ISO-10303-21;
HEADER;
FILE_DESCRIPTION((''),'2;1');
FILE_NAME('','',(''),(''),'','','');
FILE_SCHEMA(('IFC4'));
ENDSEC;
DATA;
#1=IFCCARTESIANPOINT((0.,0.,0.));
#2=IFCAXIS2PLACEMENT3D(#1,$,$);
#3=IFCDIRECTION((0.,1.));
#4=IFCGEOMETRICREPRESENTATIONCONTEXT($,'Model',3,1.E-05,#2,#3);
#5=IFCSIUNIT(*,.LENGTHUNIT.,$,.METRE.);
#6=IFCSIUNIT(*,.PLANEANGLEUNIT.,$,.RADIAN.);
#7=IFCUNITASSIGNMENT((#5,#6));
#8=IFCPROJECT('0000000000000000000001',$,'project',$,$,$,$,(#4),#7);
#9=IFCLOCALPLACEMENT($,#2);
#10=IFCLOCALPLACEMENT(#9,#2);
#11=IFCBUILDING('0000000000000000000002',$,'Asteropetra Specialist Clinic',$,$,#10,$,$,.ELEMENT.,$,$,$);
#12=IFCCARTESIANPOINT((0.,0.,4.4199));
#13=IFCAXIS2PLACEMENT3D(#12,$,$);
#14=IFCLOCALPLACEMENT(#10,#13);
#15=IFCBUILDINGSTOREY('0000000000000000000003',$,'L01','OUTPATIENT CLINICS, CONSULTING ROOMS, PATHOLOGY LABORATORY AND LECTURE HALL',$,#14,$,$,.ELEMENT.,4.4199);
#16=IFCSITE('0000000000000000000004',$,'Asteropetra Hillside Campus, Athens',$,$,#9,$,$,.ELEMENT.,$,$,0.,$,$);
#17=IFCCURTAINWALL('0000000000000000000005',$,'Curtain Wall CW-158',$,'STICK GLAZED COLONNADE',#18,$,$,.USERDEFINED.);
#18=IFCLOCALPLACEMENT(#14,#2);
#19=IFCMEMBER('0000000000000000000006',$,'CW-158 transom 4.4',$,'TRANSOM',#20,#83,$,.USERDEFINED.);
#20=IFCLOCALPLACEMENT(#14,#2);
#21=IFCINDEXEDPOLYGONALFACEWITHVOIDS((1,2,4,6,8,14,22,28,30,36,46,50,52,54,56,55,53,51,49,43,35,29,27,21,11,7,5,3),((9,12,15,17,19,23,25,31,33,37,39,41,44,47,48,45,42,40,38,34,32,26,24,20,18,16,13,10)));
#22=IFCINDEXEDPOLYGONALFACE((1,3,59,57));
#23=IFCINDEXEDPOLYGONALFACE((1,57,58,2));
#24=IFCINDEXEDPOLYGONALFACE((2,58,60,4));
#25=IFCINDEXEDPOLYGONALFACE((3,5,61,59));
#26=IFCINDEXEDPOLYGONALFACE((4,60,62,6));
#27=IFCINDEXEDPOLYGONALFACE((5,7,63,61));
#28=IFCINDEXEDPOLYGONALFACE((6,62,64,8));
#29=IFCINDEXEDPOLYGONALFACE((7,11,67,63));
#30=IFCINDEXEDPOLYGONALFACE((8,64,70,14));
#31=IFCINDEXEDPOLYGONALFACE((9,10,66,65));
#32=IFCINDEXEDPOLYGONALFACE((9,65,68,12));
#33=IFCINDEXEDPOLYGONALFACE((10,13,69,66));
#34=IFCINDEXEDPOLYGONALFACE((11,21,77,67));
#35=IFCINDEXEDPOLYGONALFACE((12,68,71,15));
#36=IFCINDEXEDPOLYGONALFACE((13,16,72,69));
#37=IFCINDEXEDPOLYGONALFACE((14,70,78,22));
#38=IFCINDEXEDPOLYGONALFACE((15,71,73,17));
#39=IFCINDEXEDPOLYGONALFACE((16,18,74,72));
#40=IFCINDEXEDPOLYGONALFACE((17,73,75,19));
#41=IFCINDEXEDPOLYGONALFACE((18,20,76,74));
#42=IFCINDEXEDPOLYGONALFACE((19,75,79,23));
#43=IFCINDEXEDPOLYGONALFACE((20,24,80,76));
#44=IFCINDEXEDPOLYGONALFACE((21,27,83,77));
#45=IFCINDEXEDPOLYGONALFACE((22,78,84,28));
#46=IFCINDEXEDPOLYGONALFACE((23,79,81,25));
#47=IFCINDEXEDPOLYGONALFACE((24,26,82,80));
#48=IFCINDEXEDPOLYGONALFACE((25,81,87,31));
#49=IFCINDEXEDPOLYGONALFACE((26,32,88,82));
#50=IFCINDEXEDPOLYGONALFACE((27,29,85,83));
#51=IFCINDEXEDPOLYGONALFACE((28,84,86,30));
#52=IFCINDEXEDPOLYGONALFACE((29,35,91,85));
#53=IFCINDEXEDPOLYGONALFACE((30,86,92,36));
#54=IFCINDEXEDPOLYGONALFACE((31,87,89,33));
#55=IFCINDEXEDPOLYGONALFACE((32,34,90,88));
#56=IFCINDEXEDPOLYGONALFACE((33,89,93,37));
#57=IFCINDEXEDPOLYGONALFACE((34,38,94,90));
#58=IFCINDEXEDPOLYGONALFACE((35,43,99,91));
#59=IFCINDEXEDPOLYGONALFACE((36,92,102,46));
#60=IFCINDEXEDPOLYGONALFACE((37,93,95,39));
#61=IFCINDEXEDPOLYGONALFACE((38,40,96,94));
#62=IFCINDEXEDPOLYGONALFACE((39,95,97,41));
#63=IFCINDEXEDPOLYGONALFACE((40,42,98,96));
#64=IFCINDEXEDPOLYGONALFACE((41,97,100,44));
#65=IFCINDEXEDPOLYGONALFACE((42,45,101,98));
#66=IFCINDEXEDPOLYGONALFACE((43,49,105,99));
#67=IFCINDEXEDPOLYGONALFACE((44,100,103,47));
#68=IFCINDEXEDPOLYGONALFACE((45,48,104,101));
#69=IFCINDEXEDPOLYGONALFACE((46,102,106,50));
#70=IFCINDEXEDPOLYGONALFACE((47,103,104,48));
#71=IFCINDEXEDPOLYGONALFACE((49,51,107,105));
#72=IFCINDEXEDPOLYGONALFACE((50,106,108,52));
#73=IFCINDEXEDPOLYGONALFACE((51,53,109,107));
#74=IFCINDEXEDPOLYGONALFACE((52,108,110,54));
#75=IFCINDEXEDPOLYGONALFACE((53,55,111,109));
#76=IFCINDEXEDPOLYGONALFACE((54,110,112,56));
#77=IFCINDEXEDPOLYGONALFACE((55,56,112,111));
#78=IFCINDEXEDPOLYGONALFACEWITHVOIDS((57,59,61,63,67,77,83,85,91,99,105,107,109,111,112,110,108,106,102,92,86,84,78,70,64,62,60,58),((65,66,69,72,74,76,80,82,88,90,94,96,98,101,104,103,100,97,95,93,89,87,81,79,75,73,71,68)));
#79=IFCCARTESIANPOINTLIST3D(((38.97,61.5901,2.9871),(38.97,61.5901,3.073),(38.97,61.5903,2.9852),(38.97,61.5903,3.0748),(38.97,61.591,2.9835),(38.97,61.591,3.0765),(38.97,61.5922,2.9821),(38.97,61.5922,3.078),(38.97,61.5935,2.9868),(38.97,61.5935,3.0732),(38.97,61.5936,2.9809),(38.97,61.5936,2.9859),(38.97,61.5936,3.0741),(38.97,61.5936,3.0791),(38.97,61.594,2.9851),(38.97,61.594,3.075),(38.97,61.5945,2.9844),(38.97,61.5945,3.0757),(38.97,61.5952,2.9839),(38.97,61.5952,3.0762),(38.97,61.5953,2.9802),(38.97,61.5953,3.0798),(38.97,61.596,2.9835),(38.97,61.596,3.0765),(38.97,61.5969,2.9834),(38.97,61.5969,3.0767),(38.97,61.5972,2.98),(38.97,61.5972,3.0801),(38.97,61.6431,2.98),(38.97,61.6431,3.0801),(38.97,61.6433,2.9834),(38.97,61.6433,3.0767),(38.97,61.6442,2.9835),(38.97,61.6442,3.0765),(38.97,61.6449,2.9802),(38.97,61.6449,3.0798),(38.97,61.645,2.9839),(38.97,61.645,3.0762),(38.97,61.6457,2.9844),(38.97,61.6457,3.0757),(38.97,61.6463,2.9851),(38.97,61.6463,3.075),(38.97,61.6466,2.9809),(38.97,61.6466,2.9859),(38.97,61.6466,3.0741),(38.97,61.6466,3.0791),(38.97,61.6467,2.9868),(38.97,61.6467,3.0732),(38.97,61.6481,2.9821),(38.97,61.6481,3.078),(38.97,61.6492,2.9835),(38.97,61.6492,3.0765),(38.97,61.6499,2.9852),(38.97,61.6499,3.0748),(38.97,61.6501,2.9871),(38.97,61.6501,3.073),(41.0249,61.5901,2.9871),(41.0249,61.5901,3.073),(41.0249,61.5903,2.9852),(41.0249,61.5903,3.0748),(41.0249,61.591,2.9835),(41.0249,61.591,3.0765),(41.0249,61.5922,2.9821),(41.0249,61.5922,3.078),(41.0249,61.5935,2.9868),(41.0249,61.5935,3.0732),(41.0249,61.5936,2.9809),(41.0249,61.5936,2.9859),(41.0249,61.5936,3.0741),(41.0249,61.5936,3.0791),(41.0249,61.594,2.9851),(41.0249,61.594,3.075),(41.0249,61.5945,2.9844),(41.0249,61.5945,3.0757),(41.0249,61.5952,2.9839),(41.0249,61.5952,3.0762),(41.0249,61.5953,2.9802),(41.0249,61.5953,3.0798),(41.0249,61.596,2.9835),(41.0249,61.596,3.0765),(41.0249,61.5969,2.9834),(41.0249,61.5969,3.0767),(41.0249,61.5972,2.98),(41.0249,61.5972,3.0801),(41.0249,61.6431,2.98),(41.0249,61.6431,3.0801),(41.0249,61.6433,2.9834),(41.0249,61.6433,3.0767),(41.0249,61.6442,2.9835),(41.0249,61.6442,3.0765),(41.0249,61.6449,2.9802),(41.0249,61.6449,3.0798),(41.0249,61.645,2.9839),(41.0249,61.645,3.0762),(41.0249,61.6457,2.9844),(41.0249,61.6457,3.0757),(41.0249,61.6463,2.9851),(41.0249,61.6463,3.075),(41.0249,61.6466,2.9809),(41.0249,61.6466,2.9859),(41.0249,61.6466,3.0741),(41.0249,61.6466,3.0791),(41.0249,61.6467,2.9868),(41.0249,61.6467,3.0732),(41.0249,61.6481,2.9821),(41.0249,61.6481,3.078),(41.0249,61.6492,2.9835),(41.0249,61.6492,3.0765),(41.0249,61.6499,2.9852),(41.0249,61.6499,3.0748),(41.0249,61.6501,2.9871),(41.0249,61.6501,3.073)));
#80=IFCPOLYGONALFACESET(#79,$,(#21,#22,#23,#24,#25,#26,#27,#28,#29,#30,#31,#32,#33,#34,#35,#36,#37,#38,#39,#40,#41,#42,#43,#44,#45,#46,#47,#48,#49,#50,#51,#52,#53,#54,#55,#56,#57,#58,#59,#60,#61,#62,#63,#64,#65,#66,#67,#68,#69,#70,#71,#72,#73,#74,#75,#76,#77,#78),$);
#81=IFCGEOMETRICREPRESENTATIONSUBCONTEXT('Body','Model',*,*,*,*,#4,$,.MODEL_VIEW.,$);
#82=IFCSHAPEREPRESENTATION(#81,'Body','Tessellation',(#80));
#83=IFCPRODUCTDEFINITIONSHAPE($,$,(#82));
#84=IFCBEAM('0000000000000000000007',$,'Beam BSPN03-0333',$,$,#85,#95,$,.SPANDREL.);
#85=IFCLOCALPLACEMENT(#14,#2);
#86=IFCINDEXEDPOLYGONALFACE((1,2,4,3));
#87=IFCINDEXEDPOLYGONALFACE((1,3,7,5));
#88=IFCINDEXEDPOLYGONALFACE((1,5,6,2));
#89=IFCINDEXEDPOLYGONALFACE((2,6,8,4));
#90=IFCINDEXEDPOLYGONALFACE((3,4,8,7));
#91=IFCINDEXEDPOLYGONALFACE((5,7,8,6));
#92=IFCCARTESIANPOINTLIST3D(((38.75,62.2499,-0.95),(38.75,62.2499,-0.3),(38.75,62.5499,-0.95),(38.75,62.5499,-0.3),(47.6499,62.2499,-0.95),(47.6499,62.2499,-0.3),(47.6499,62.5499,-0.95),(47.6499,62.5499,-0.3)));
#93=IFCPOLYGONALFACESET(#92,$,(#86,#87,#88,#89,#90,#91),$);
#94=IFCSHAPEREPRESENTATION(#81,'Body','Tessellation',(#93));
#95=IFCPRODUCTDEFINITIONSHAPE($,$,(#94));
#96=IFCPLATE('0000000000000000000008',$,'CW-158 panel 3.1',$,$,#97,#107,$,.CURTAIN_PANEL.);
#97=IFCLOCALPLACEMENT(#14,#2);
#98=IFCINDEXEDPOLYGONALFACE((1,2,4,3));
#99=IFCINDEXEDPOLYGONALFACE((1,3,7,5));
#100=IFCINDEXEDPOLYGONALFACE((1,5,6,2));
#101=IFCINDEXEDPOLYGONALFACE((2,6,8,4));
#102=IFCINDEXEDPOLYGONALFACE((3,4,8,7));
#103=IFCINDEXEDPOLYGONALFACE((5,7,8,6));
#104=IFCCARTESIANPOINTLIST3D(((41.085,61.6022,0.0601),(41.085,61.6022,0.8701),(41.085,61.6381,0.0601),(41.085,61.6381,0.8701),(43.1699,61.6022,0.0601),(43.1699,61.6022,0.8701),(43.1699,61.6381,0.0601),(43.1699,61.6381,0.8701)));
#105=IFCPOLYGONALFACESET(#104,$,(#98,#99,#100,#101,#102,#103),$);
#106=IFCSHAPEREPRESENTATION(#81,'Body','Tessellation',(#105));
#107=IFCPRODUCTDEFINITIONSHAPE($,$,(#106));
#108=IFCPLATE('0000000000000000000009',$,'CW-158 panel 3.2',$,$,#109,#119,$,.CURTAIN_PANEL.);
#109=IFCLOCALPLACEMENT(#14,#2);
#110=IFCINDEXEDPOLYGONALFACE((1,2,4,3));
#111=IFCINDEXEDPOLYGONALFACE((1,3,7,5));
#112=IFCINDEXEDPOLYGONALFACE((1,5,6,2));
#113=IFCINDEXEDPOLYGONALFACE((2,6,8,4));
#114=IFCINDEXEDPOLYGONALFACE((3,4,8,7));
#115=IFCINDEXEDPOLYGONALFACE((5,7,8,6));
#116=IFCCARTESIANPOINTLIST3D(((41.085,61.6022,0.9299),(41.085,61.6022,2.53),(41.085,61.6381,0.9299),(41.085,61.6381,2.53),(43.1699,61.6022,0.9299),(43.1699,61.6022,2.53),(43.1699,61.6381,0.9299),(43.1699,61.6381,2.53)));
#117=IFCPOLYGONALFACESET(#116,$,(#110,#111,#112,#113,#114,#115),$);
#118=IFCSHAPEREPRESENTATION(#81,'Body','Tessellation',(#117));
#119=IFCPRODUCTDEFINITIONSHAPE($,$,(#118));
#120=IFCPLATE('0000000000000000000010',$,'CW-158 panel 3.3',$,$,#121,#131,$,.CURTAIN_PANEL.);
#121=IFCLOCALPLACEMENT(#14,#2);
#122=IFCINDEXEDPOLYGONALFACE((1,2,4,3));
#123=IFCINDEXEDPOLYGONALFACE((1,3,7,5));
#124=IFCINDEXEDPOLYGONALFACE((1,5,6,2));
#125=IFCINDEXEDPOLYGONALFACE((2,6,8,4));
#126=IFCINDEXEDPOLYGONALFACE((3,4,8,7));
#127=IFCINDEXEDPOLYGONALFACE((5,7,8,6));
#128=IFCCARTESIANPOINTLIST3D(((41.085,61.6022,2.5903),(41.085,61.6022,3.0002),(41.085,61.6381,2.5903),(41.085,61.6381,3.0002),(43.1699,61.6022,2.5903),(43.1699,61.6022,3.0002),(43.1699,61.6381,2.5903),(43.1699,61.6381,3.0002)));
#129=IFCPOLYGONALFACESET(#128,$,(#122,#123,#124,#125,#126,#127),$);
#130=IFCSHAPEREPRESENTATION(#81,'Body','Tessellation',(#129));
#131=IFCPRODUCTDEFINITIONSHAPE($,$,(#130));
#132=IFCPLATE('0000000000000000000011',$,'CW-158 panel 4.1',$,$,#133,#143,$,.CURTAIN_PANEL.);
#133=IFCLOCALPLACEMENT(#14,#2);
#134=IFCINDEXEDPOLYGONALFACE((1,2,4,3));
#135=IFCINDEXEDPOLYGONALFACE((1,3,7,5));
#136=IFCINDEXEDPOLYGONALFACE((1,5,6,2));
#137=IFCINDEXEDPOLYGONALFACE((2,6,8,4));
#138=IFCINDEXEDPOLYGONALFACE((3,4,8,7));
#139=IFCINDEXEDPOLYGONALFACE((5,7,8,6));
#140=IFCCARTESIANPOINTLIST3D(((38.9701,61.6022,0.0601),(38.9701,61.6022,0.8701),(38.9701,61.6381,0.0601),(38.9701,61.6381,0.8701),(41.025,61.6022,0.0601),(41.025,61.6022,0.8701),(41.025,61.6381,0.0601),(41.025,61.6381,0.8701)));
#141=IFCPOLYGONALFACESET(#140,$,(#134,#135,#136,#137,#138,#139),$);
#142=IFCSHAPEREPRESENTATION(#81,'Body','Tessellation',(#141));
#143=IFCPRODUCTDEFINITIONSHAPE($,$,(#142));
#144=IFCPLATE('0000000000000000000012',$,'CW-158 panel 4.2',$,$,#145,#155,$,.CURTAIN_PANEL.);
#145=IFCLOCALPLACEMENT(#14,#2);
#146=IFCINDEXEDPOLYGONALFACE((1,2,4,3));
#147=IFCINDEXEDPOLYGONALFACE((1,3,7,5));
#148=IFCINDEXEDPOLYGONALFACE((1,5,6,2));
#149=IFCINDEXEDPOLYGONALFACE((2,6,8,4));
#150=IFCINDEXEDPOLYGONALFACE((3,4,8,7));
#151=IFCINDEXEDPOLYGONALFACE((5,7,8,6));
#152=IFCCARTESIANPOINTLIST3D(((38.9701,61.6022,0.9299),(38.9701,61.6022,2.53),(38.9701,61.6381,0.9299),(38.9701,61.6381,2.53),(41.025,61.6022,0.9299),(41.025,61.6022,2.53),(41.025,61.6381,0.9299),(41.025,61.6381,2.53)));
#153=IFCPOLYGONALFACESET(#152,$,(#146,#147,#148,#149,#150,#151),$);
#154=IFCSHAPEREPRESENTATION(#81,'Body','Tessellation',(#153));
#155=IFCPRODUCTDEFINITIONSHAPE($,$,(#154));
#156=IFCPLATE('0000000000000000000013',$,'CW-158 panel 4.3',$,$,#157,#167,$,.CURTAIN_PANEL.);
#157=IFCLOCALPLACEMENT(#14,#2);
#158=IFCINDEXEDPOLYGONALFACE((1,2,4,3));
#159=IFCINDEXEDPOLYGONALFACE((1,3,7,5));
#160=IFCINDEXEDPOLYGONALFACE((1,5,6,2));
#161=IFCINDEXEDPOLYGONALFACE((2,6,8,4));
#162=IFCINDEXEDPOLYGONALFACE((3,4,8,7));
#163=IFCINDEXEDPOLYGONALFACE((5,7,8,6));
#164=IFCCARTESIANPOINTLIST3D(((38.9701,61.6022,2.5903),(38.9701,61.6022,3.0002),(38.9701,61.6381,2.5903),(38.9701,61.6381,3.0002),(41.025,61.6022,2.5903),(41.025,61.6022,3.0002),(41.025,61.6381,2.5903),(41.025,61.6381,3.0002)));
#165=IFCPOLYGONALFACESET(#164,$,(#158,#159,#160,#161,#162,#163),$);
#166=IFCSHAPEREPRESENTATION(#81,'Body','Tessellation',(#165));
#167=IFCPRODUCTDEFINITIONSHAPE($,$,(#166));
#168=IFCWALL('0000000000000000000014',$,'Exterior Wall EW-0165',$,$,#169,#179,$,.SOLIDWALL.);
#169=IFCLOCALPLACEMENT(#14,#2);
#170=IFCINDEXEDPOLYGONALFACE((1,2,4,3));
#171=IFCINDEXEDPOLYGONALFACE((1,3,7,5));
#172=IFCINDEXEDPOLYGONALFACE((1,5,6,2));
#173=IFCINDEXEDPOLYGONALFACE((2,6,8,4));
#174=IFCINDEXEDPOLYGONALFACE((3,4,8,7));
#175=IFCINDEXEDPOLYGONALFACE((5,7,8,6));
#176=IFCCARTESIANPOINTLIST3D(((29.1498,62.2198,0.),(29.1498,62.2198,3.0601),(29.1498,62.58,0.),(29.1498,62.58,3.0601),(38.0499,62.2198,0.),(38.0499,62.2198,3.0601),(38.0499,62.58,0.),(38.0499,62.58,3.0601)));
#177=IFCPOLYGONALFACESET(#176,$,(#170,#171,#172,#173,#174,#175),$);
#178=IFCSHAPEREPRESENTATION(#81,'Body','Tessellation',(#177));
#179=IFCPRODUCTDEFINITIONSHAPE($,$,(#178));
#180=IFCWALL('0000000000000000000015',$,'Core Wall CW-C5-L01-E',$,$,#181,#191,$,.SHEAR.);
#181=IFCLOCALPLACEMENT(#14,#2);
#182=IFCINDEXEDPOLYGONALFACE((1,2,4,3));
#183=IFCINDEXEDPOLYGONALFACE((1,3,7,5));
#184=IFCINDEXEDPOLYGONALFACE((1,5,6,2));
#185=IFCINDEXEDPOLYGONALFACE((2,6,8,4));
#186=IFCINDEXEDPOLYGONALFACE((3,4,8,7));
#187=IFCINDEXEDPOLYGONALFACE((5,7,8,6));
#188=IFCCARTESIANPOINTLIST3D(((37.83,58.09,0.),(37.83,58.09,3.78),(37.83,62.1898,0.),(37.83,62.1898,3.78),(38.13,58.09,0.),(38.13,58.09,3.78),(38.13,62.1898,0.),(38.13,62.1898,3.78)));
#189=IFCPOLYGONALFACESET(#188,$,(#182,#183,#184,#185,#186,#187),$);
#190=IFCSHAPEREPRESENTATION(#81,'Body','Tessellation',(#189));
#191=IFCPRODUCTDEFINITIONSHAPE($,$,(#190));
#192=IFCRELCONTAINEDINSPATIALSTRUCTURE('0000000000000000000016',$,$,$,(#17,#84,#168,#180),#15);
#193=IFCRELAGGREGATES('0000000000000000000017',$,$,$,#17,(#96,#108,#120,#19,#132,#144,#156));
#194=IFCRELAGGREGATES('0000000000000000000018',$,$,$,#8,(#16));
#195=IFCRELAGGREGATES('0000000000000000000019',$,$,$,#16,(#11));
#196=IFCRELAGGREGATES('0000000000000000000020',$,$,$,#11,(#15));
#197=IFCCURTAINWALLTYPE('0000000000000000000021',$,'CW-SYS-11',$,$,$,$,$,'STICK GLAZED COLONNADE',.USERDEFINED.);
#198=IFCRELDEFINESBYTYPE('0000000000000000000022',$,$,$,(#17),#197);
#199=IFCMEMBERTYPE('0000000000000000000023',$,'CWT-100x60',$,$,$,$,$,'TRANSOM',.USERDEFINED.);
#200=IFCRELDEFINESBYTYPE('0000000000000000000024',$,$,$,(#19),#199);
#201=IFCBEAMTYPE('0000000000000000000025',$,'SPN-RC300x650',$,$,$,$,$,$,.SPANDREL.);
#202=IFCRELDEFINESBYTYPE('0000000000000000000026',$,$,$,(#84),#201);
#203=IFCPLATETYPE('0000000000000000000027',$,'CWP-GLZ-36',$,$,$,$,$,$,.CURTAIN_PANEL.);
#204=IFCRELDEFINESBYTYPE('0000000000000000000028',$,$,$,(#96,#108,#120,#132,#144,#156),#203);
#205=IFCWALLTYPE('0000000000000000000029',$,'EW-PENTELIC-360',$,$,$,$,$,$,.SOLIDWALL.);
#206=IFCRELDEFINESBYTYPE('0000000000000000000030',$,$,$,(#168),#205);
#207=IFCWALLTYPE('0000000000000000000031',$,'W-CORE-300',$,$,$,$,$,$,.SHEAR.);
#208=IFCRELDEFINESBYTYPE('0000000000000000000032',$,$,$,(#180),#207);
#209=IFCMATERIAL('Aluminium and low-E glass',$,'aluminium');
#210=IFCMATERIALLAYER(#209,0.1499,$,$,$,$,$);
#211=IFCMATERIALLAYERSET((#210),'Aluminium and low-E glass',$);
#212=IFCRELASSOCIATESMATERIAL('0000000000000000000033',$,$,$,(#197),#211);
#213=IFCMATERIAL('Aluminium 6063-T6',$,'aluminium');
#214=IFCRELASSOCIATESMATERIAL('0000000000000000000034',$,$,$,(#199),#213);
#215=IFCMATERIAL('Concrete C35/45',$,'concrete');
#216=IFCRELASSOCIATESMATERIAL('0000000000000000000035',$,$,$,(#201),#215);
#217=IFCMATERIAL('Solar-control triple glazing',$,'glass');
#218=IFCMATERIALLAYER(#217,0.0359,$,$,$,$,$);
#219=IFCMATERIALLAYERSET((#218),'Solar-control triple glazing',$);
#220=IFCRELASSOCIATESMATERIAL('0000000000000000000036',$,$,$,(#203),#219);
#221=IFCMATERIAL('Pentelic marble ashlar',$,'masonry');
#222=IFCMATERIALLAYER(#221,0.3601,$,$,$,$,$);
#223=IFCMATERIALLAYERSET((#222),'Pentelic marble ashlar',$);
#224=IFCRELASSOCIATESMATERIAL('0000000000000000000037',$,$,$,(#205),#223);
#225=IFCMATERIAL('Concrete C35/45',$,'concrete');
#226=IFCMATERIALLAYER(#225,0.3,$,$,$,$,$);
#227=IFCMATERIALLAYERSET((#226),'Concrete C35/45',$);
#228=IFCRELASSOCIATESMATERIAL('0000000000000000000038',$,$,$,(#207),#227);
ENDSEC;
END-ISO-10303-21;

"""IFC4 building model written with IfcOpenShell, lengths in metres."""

from ifc_helpers import new_model, si_unit, direction, frame, frame_2d, origin, origin_2d, place, context, subcontext, project, spatial, rectangle, hollow_rectangle, extrude, material, layer, layer_set, material_profile, profile_set, type_object, element, aggregate, save


model = new_model("IFC4")

# Units and contexts
model_context = context("Model", 3, precision=1e-05, world=origin(), true_north=direction((0.0, 1.0)))
body_context = subcontext(model_context, "Body", "Model", "MODEL_VIEW")
ifc_project = project(units=[si_unit("LENGTHUNIT", "METRE"), si_unit("PLANEANGLEUNIT", "RADIAN")], contexts=[model_context])

# Site, building, storey
site_placement = place(None, origin())
site = spatial("IfcSite", under=ifc_project, at=site_placement, Name="Asteropetra Hillside Campus, Athens", CompositionType="ELEMENT", RefElevation=0.0)
building_placement = place(site_placement, origin())
building = spatial("IfcBuilding", under=site, at=building_placement, Name="Asteropetra Specialist Clinic", CompositionType="ELEMENT")
storey_placement = place(building_placement, frame((0.0, 0.0, 4.4199)))
storey = spatial("IfcBuildingStorey", under=building, at=storey_placement, Name="L01", Description="OUTPATIENT CLINICS, CONSULTING ROOMS, PATHOLOGY LABORATORY AND LECTURE HALL", CompositionType="ELEMENT", Elevation=4.4199)

# Curtain wall, member
ifc_material_1 = material(Name="Aluminium and low-E glass", Category="aluminium")
ifc_layer_1 = layer(ifc_material_1, 0.1499)
ifc_layer_set_1 = layer_set([ifc_layer_1], Name="Aluminium and low-E glass")
curtain_wall_type = type_object("IfcCurtainWallType", Name="CW-SYS-11", ElementType="STICK GLAZED COLONNADE", PredefinedType="USERDEFINED", material=ifc_layer_set_1)
curtain_wall_placement = place(storey_placement, origin())
curtain_wall = element("IfcCurtainWall", 1, at=curtain_wall_placement, inside=storey, type_object=curtain_wall_type, Name="Curtain Wall CW-158", ObjectType="STICK GLAZED COLONNADE", PredefinedType="USERDEFINED")
ifc_material_2 = material(Name="Aluminium 6063-T6", Category="aluminium")
ifc_material_profile_1 = material_profile(ifc_material_2, hollow_rectangle(XDim=0.0601, YDim=0.1001, WallThickness=0.0034, InnerFilletRadius=0.0034, OuterFilletRadius=0.0071, at=origin_2d()), Name="TRN 100x60x3.5")
ifc_profile_set_1 = profile_set([ifc_material_profile_1], Name="Aluminium 6063-T6")
member_type_1 = type_object("IfcMemberType", Name="CWT-100x60", ElementType="TRANSOM", PredefinedType="USERDEFINED", material=ifc_profile_set_1)
member_1_placement = place(storey_placement, frame((41.0249, 61.6201, 3.03), z_axis=(-1.0, 0.0, 0.0), x_axis=(0.0, -1.0, 0.0)))
member_1 = element("IfcMember", 2, at=member_1_placement, type_object=member_type_1, Name="CW-158 transom 4.4", ObjectType="TRANSOM", PredefinedType="USERDEFINED", context=body_context, shape_type="SweptSolid", body=[
    extrude(hollow_rectangle(XDim=0.0601, YDim=0.1001, WallThickness=0.0034, InnerFilletRadius=0.0034, OuterFilletRadius=0.0071, at=origin_2d()), origin(), (0.0, 0.0, 1.0), 2.0549),
])

# Beam
ifc_material_3 = material(Name="Concrete C35/45", Category="concrete")
ifc_material_profile_2 = material_profile(ifc_material_3, rectangle(XDim=0.3, YDim=0.6499, at=origin_2d()), Name="RCS 300x650")
ifc_profile_set_2 = profile_set([ifc_material_profile_2], Name="Concrete C35/45")
beam_type_1 = type_object("IfcBeamType", Name="SPN-RC300x650", PredefinedType="SPANDREL", material=ifc_profile_set_2)
beam_1_placement = place(storey_placement, frame((38.75, 62.3999, -0.625), z_axis=(1.0, 0.0, 0.0), x_axis=(0.0, 1.0, 0.0)))
element("IfcBeam", 3, at=beam_1_placement, inside=storey, type_object=beam_type_1, Name="Beam BSPN03-0333", PredefinedType="SPANDREL", context=body_context, shape_type="SweptSolid", body=[
    extrude(rectangle(XDim=0.3, YDim=0.6499, at=origin_2d()), origin(), (0.0, 0.0, 1.0), 8.8999),
])

# Plates
ifc_material_4 = material(Name="Solar-control triple glazing", Category="glass")
ifc_layer_2 = layer(ifc_material_4, 0.0359)
ifc_layer_set_2 = layer_set([ifc_layer_2], Name="Solar-control triple glazing")
plate_type = type_object("IfcPlateType", Name="CWP-GLZ-36", PredefinedType="CURTAIN_PANEL", material=ifc_layer_set_2)
plate_1_placement = place(storey_placement, frame((42.1274, 61.6201, 0.0601), z_axis=(0.0, 0.0, 1.0), x_axis=(-1.0, 0.0, 0.0)))
plate_1 = element("IfcPlate", 4, at=plate_1_placement, type_object=plate_type, Name="CW-158 panel 3.1", PredefinedType="CURTAIN_PANEL", context=body_context, shape_type="SweptSolid", body=[
    extrude(rectangle(XDim=2.085, YDim=0.0359, at=origin_2d()), origin(), (0.0, 0.0, 1.0), 0.8101),
])
plate_2_placement = place(storey_placement, frame((42.1274, 61.6201, 0.9299), z_axis=(0.0, 0.0, 1.0), x_axis=(-1.0, 0.0, 0.0)))
plate_2 = element("IfcPlate", 5, at=plate_2_placement, type_object=plate_type, Name="CW-158 panel 3.2", PredefinedType="CURTAIN_PANEL", context=body_context, shape_type="SweptSolid", body=[
    extrude(rectangle(XDim=2.085, YDim=0.0359, at=origin_2d()), origin(), (0.0, 0.0, 1.0), 1.6001),
])
plate_3_placement = place(storey_placement, frame((42.1274, 61.6201, 2.5903), z_axis=(0.0, 0.0, 1.0), x_axis=(-1.0, 0.0, 0.0)))
plate_3 = element("IfcPlate", 6, at=plate_3_placement, type_object=plate_type, Name="CW-158 panel 3.3", PredefinedType="CURTAIN_PANEL", context=body_context, shape_type="SweptSolid", body=[
    extrude(rectangle(XDim=2.085, YDim=0.0359, at=origin_2d()), origin(), (0.0, 0.0, 1.0), 0.4099),
])
plate_4_placement = place(storey_placement, frame((39.9976, 61.6201, 0.0601), z_axis=(0.0, 0.0, 1.0), x_axis=(-1.0, 0.0, 0.0)))
plate_4 = element("IfcPlate", 7, at=plate_4_placement, type_object=plate_type, Name="CW-158 panel 4.1", PredefinedType="CURTAIN_PANEL", context=body_context, shape_type="SweptSolid", body=[
    extrude(rectangle(XDim=2.0549, YDim=0.0359, at=origin_2d()), origin(), (0.0, 0.0, 1.0), 0.8101),
])
plate_5_placement = place(storey_placement, frame((39.9976, 61.6201, 0.9299), z_axis=(0.0, 0.0, 1.0), x_axis=(-1.0, 0.0, 0.0)))
plate_5 = element("IfcPlate", 8, at=plate_5_placement, type_object=plate_type, Name="CW-158 panel 4.2", PredefinedType="CURTAIN_PANEL", context=body_context, shape_type="SweptSolid", body=[
    extrude(rectangle(XDim=2.0549, YDim=0.0359, at=origin_2d()), origin(), (0.0, 0.0, 1.0), 1.6001),
])
plate_6_placement = place(storey_placement, frame((39.9976, 61.6201, 2.5903), z_axis=(0.0, 0.0, 1.0), x_axis=(-1.0, 0.0, 0.0)))
plate_6 = element("IfcPlate", 9, at=plate_6_placement, type_object=plate_type, Name="CW-158 panel 4.3", PredefinedType="CURTAIN_PANEL", context=body_context, shape_type="SweptSolid", body=[
    extrude(rectangle(XDim=2.0549, YDim=0.0359, at=origin_2d()), origin(), (0.0, 0.0, 1.0), 0.4099),
])
aggregate(curtain_wall, [plate_1, plate_2, plate_3, member_1, plate_4, plate_5, plate_6])

# Walls
ifc_material_5 = material(Name="Pentelic marble ashlar", Category="masonry")
ifc_layer_3 = layer(ifc_material_5, 0.3601)
ifc_layer_set_3 = layer_set([ifc_layer_3], Name="Pentelic marble ashlar")
wall_type_1 = type_object("IfcWallType", Name="EW-PENTELIC-360", PredefinedType="SOLIDWALL", material=ifc_layer_set_3)
wall_1_placement = place(storey_placement, frame((38.05, 62.3999, 0.0), z_axis=(0.0, 0.0, 1.0), x_axis=(-1.0, 0.0, 0.0)))
element("IfcWall", 10, at=wall_1_placement, inside=storey, type_object=wall_type_1, Name="Exterior Wall EW-0165", PredefinedType="SOLIDWALL", context=body_context, shape_type="SweptSolid", body=[
    extrude(rectangle(XDim=8.9001, YDim=0.3601, at=frame_2d((4.4502, 0.0))), origin(), (0.0, 0.0, 1.0), 3.0601),
])
ifc_material_6 = material(Name="Concrete C35/45", Category="concrete")
ifc_layer_4 = layer(ifc_material_6, 0.3)
ifc_layer_set_4 = layer_set([ifc_layer_4], Name="Concrete C35/45")
wall_type_2 = type_object("IfcWallType", Name="W-CORE-300", PredefinedType="SHEAR", material=ifc_layer_set_4)
wall_2_placement = place(storey_placement, frame((37.98, 58.0901, 0.0), z_axis=(0.0, 0.0, 1.0), x_axis=(0.0, 1.0, 0.0)))
element("IfcWall", 11, at=wall_2_placement, inside=storey, type_object=wall_type_2, Name="Core Wall CW-C5-L01-E", PredefinedType="SHEAR", context=body_context, shape_type="SweptSolid", body=[
    extrude(rectangle(XDim=4.0999, YDim=0.3, at=frame_2d((2.0498, 0.0))), origin(), (0.0, 0.0, 1.0), 3.78),
])

save(model, "model.ifc")
